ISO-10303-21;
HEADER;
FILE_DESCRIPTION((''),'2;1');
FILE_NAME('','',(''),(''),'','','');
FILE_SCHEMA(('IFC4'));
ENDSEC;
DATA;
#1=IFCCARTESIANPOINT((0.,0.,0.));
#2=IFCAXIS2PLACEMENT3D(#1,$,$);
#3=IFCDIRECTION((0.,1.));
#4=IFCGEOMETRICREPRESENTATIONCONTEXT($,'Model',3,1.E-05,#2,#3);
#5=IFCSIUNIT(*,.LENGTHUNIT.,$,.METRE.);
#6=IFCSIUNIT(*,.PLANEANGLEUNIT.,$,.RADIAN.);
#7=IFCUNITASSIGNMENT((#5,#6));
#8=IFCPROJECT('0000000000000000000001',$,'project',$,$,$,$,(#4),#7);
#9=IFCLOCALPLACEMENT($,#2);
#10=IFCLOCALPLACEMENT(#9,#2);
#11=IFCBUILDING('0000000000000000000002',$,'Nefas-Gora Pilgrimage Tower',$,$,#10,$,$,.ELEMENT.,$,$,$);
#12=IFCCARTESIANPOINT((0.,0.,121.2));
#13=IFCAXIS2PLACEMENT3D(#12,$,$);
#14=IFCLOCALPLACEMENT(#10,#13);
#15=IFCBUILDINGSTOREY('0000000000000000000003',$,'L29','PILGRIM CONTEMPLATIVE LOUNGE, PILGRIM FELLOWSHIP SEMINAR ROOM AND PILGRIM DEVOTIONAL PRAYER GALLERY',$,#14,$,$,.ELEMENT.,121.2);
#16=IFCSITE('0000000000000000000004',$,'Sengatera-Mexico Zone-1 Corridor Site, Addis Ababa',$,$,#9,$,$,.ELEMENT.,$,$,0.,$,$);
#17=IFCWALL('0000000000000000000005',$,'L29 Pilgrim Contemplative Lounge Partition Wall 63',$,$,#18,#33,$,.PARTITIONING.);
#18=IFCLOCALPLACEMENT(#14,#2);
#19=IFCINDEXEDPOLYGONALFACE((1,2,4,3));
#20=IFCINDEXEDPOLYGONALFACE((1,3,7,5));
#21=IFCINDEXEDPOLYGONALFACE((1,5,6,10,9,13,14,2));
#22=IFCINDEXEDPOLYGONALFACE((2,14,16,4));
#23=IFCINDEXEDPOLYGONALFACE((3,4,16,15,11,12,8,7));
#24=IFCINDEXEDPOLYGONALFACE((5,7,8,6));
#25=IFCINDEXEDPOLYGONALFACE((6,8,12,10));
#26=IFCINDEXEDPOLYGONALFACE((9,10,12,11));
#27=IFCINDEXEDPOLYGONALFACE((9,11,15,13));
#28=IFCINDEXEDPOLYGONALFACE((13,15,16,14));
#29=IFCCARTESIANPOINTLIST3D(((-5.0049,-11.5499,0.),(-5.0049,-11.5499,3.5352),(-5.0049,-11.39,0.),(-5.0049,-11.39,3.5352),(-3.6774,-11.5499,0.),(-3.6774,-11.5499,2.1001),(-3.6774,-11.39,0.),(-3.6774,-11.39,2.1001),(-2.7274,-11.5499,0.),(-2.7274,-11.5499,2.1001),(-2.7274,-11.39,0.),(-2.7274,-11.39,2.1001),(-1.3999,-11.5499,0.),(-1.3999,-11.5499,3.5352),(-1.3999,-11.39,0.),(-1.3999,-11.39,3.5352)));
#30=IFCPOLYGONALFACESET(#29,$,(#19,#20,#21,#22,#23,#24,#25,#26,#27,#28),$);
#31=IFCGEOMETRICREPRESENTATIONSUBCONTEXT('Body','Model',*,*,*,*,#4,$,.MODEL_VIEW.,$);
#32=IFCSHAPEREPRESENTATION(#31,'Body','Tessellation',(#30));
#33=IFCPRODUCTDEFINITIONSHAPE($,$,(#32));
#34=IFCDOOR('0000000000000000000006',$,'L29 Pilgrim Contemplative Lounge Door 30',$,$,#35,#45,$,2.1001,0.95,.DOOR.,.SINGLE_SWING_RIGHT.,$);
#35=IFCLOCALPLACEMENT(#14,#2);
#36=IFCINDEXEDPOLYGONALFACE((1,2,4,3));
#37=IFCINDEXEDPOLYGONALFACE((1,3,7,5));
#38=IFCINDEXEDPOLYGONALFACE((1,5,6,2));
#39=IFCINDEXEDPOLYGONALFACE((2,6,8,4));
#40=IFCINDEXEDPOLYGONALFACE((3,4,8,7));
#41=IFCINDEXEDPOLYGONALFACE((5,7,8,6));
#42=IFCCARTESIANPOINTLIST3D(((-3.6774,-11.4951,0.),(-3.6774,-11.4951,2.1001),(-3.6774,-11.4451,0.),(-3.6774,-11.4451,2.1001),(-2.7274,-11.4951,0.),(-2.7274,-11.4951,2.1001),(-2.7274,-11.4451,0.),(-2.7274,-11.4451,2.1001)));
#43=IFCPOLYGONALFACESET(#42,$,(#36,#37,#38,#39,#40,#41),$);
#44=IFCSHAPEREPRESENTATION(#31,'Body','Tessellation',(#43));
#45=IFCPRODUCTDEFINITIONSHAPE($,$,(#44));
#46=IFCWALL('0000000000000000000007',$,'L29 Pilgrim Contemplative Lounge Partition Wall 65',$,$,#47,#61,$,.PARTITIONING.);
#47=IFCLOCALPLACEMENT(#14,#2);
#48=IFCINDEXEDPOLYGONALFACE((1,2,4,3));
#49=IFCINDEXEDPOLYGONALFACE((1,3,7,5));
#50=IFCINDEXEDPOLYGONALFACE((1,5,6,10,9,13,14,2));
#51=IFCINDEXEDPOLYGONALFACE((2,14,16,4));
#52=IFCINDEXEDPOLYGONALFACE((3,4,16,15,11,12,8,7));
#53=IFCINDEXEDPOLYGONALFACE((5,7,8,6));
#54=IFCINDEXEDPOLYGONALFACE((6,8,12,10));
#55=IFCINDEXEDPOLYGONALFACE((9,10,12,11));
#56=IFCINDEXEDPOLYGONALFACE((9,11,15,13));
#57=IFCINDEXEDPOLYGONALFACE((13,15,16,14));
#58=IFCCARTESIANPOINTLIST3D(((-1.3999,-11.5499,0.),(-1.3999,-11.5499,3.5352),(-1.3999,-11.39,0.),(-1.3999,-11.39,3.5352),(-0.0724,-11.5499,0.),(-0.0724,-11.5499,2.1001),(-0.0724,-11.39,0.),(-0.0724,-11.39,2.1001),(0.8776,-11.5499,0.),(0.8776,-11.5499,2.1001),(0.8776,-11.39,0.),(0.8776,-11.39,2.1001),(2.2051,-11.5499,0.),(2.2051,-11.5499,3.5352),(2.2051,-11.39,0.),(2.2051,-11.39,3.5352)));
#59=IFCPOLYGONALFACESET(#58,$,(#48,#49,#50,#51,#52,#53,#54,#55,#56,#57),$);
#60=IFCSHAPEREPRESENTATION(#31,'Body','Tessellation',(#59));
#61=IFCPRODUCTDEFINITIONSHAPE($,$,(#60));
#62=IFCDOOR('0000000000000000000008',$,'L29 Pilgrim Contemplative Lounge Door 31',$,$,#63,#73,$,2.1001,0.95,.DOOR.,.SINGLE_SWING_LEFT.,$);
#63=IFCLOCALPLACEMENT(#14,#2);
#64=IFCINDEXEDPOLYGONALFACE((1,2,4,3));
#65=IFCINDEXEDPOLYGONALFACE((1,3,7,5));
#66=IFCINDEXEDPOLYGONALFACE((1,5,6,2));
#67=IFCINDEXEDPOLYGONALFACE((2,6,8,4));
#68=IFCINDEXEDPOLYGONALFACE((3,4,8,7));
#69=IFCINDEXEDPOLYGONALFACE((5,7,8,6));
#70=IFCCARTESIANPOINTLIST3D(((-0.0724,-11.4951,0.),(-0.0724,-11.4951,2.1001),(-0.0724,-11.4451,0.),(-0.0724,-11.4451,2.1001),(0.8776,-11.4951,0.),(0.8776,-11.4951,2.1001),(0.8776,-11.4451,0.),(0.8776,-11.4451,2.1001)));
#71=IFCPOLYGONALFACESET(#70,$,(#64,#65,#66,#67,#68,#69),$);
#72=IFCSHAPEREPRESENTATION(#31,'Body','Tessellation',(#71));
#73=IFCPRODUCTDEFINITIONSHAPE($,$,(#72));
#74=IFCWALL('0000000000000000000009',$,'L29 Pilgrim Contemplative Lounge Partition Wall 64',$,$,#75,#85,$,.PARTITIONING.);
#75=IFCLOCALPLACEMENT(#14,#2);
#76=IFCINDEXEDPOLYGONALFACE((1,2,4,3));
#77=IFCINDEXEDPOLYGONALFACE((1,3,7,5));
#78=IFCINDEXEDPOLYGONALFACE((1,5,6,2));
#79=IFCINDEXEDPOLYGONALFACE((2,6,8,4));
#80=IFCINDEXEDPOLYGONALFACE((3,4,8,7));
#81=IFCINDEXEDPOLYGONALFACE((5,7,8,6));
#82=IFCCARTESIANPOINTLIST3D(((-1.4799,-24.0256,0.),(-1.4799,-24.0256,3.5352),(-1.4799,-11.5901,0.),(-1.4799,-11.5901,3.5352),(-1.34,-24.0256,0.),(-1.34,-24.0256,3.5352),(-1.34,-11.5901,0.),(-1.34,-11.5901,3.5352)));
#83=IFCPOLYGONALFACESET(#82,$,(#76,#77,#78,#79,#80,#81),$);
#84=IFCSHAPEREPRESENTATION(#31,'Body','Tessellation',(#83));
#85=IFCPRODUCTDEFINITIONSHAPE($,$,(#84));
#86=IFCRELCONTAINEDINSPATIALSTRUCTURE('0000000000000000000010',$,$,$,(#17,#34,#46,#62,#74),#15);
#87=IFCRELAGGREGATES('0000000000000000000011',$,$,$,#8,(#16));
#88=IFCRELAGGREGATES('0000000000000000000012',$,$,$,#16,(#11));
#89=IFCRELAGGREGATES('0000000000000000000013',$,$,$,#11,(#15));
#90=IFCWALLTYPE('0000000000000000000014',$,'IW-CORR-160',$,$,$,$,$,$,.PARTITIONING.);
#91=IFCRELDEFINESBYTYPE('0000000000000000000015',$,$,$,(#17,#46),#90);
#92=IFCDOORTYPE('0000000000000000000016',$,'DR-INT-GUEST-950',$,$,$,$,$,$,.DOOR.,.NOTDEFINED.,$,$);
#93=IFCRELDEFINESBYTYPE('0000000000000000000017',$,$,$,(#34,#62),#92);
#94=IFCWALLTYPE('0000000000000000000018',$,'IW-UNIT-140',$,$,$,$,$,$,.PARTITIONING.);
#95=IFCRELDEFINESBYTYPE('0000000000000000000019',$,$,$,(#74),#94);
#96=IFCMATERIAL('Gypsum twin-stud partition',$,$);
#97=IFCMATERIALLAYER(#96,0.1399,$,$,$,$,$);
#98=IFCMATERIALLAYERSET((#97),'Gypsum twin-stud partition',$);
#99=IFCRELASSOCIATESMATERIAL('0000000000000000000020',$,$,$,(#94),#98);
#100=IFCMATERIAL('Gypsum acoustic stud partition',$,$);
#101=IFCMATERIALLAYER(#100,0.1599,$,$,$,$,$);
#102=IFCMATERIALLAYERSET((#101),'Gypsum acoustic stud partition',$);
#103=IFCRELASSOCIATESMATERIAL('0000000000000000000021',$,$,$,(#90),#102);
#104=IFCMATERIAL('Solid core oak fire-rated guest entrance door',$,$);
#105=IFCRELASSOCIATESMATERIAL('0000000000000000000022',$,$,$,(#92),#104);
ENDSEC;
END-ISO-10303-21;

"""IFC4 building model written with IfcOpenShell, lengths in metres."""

from ifc_helpers import new_model, si_unit, direction, frame, frame_2d, origin, place, context, subcontext, project, spatial, rectangle, extrude, source, transform, mapped, material, layer, layer_set, type_object, element, fill, save


model = new_model("IFC4")

# Units and contexts
model_context = context("Model", 3, precision=1e-05, world=origin(), true_north=direction((0.0, 1.0)))
body_context = subcontext(model_context, "Body", "Model", "MODEL_VIEW")
ifc_project = project(units=[si_unit("LENGTHUNIT", "METRE"), si_unit("PLANEANGLEUNIT", "RADIAN")], contexts=[model_context])

# Site, building, storey
site_placement = place(None, origin())
site = spatial("IfcSite", under=ifc_project, at=site_placement, Name="Sengatera-Mexico Zone-1 Corridor Site, Addis Ababa", CompositionType="ELEMENT", RefElevation=0.0)
building_placement = place(site_placement, origin())
building = spatial("IfcBuilding", under=site, at=building_placement, Name="Nefas-Gora Pilgrimage Tower", CompositionType="ELEMENT")
storey_placement = place(building_placement, frame((0.0, 0.0, 121.2)))
storey = spatial("IfcBuildingStorey", under=building, at=storey_placement, Name="L29", Description="PILGRIM CONTEMPLATIVE LOUNGE, PILGRIM FELLOWSHIP SEMINAR ROOM AND PILGRIM DEVOTIONAL PRAYER GALLERY", CompositionType="ELEMENT", Elevation=121.2)

# Shared definitions
ifc_material_1 = material(Name="Gypsum twin-stud partition")
ifc_layer_1 = layer(ifc_material_1, 0.1399)
ifc_layer_set_1 = layer_set([ifc_layer_1], Name="Gypsum twin-stud partition")
wall_type_1 = type_object("IfcWallType", Name="IW-UNIT-140", PredefinedType="PARTITIONING", material=ifc_layer_set_1)

# Shared definitions
ifc_material_2 = material(Name="Gypsum acoustic stud partition")
ifc_layer_2 = layer(ifc_material_2, 0.1599)
ifc_layer_set_2 = layer_set([ifc_layer_2], Name="Gypsum acoustic stud partition")
wall_type_2 = type_object("IfcWallType", Name="IW-CORR-160", PredefinedType="PARTITIONING", material=ifc_layer_set_2)
ifc_material_3 = material(Name="Solid core oak fire-rated guest entrance door")
door_type_1 = type_object("IfcDoorType", Name="DR-INT-GUEST-950", OperationType="NOTDEFINED", PredefinedType="DOOR", material=ifc_material_3)
shared_shape_1 = source(origin(), body_context, "Body", "SweptSolid", [
    extrude(rectangle(XDim=0.95, YDim=2.1001, at=frame_2d((0.4751, 1.05))), frame((0.0, 0.0249, 0.0), z_axis=(0.0, -1.0, 0.0), x_axis=(1.0, 0.0, 0.0)), (0.0, 0.0, 1.0), 0.05),
])

# Walls, openings, doors
shared_shape_2 = source(origin(), body_context, "Body", "SweptSolid", [
    extrude(rectangle(XDim=3.605, YDim=0.1599, at=frame_2d((1.8025, 0.0))), origin(), (0.0, 0.0, 1.0), 3.5352),
])
wall_1_placement = place(storey_placement, frame((-5.0049, -11.47, 0.0), z_axis=(0.0, 0.0, 1.0), x_axis=(1.0, 0.0, 0.0)))
wall_1 = element("IfcWall", 1, at=wall_1_placement, inside=storey, type_object=wall_type_2, Name="L29 Pilgrim Contemplative Lounge Partition Wall 63", PredefinedType="PARTITIONING", context=body_context, shape_type="MappedRepresentation", body=[
    mapped(shared_shape_2, transform((0.0, 0.0, 0.0), x_axis=(1.0, 0.0, 0.0), y_axis=(0.0, 1.0, 0.0), z_axis=(0.0, 0.0, 1.0), scale=1.0)),
])
opening_1_placement = place(wall_1_placement, frame((1.3274, 0.0, 0.0)))
opening_1 = element("IfcOpeningElement", 2, at=opening_1_placement, cuts=wall_1, PredefinedType="OPENING", context=body_context, shape_type="SweptSolid", body=[
    extrude(rectangle(XDim=0.95, YDim=2.1001, at=frame_2d((0.4751, 1.05))), frame((0.0, 0.0898, 0.0), z_axis=(0.0, -1.0, 0.0), x_axis=(1.0, 0.0, 0.0)), (0.0, 0.0, 1.0), 0.1799),
])
door_1_placement = place(opening_1_placement, origin())
door_1 = element("IfcDoor", 3, at=door_1_placement, inside=storey, type_object=door_type_1, Name="L29 Pilgrim Contemplative Lounge Door 30", OperationType="SINGLE_SWING_RIGHT", OverallHeight=2.1001, OverallWidth=0.95, PredefinedType="DOOR", context=body_context, shape_type="MappedRepresentation", body=[
    mapped(shared_shape_1, transform((0.0, 0.0, 0.0), x_axis=(1.0, 0.0, 0.0), y_axis=(0.0, 1.0, 0.0), z_axis=(0.0, 0.0, 1.0), scale=1.0)),
])
fill(opening_1, door_1)
wall_2_placement = place(storey_placement, frame((-1.3999, -11.47, 0.0), z_axis=(0.0, 0.0, 1.0), x_axis=(1.0, 0.0, 0.0)))
wall_2 = element("IfcWall", 4, at=wall_2_placement, inside=storey, type_object=wall_type_2, Name="L29 Pilgrim Contemplative Lounge Partition Wall 65", PredefinedType="PARTITIONING", context=body_context, shape_type="MappedRepresentation", body=[
    mapped(shared_shape_2, transform((0.0, 0.0, 0.0), x_axis=(1.0, 0.0, 0.0), y_axis=(0.0, 1.0, 0.0), z_axis=(0.0, 0.0, 1.0), scale=1.0)),
])
opening_2_placement = place(wall_2_placement, frame((1.3274, 0.0, 0.0)))
opening_2 = element("IfcOpeningElement", 5, at=opening_2_placement, cuts=wall_2, PredefinedType="OPENING", context=body_context, shape_type="SweptSolid", body=[
    extrude(rectangle(XDim=0.95, YDim=2.1001, at=frame_2d((0.4751, 1.05))), frame((0.0, 0.0898, 0.0), z_axis=(0.0, -1.0, 0.0), x_axis=(1.0, 0.0, 0.0)), (0.0, 0.0, 1.0), 0.1799),
])
door_2_placement = place(opening_2_placement, origin())
door_2 = element("IfcDoor", 6, at=door_2_placement, inside=storey, type_object=door_type_1, Name="L29 Pilgrim Contemplative Lounge Door 31", OperationType="SINGLE_SWING_LEFT", OverallHeight=2.1001, OverallWidth=0.95, PredefinedType="DOOR", context=body_context, shape_type="MappedRepresentation", body=[
    mapped(shared_shape_1, transform((0.0, 0.0, 0.0), x_axis=(1.0, 0.0, 0.0), y_axis=(0.0, 1.0, 0.0), z_axis=(0.0, 0.0, 1.0), scale=1.0)),
])
fill(opening_2, door_2)

# Wall
shared_shape_3 = source(origin(), body_context, "Body", "SweptSolid", [
    extrude(rectangle(XDim=12.4355, YDim=0.1399, at=frame_2d((6.2178, 0.0))), origin(), (0.0, 0.0, 1.0), 3.5352),
])
wall_3_placement = place(storey_placement, frame((-1.4099, -24.0256, 0.0), z_axis=(0.0, 0.0, 1.0), x_axis=(0.0, 1.0, 0.0)))
element("IfcWall", 7, at=wall_3_placement, inside=storey, type_object=wall_type_1, Name="L29 Pilgrim Contemplative Lounge Partition Wall 64", PredefinedType="PARTITIONING", context=body_context, shape_type="MappedRepresentation", body=[
    mapped(shared_shape_3, transform((0.0, 0.0, 0.0), x_axis=(1.0, 0.0, 0.0), y_axis=(0.0, 1.0, 0.0), z_axis=(0.0, 0.0, 1.0), scale=1.0)),
])

save(model, "model.ifc")
